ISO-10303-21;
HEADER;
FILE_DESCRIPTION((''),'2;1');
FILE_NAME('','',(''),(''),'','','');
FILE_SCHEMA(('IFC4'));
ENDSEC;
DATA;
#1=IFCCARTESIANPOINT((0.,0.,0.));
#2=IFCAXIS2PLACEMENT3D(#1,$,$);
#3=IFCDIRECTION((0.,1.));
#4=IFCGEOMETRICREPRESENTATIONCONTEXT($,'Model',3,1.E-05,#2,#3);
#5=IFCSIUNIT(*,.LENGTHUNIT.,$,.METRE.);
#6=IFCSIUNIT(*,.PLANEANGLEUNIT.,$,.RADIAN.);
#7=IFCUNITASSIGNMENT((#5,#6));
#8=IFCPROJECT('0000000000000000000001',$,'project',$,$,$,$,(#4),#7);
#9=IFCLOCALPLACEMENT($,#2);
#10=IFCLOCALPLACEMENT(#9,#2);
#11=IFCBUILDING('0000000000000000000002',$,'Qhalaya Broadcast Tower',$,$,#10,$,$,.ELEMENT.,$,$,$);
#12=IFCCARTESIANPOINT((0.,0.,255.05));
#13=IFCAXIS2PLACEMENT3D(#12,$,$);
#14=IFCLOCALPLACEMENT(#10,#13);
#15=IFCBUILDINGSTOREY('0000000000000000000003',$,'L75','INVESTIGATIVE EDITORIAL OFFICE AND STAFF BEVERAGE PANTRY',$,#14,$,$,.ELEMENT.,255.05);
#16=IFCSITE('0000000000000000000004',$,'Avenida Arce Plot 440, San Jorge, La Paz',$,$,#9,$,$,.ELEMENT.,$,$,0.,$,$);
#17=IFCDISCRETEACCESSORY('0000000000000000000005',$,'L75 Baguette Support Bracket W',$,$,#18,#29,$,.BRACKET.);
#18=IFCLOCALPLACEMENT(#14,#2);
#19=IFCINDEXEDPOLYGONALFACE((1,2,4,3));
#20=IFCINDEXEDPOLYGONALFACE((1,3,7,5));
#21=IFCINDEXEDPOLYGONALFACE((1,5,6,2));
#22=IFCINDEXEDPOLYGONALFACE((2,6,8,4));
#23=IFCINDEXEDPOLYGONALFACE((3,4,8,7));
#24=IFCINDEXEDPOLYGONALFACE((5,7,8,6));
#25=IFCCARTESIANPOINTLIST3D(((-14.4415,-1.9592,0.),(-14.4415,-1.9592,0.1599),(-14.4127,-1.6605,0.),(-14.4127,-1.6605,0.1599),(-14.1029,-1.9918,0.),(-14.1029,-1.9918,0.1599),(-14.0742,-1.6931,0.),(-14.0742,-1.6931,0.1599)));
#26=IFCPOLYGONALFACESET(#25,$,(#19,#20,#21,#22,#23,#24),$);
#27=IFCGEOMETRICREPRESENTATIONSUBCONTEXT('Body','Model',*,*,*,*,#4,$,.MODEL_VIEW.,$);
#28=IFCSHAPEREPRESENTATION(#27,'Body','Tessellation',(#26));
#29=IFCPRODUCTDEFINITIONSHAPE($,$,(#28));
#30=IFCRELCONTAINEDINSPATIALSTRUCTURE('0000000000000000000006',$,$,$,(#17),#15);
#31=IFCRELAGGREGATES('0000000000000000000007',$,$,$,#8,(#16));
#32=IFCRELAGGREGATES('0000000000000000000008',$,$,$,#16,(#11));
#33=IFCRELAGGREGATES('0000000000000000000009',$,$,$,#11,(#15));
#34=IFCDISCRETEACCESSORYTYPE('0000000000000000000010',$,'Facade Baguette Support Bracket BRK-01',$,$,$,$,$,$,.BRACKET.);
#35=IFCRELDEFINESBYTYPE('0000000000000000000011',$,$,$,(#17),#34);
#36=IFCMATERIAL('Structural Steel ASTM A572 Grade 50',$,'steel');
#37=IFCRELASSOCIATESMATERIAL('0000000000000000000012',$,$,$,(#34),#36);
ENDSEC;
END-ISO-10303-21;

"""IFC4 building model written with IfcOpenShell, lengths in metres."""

from ifc_helpers import new_model, si_unit, direction, frame, origin, origin_2d, place, context, subcontext, project, spatial, rectangle, extrude, material, type_object, element, save


model = new_model("IFC4")

# Units and contexts
model_context = context("Model", 3, precision=1e-05, world=origin(), true_north=direction((0.0, 1.0)))
body_context = subcontext(model_context, "Body", "Model", "MODEL_VIEW")
ifc_project = project(units=[si_unit("LENGTHUNIT", "METRE"), si_unit("PLANEANGLEUNIT", "RADIAN")], contexts=[model_context])

# Site, building, storey
site_placement = place(None, origin())
site = spatial("IfcSite", under=ifc_project, at=site_placement, Name="Avenida Arce Plot 440, San Jorge, La Paz", CompositionType="ELEMENT", RefElevation=0.0)
building_placement = place(site_placement, origin())
building = spatial("IfcBuilding", under=site, at=building_placement, Name="Qhalaya Broadcast Tower", CompositionType="ELEMENT")
storey_placement = place(building_placement, frame((0.0, 0.0, 255.05)))
storey = spatial("IfcBuildingStorey", under=building, at=storey_placement, Name="L75", Description="INVESTIGATIVE EDITORIAL OFFICE AND STAFF BEVERAGE PANTRY", CompositionType="ELEMENT", Elevation=255.05)

# Shared definitions
ifc_material_1 = material(Name="Structural Steel ASTM A572 Grade 50", Category="steel")

# Discrete accessory
discrete_accessory_type = type_object("IfcDiscreteAccessoryType", Name="Facade Baguette Support Bracket BRK-01", PredefinedType="BRACKET", material=ifc_material_1)
discrete_accessory_placement = place(storey_placement, frame((-14.2578, -1.8262, 0.0), z_axis=(0.0, 0.0, 1.0), x_axis=(-0.095846, -0.995396, 0.0)))
element("IfcDiscreteAccessory", 1, at=discrete_accessory_placement, inside=storey, type_object=discrete_accessory_type, Name="L75 Baguette Support Bracket W", PredefinedType="BRACKET", context=body_context, shape_type="SweptSolid", body=[
    extrude(rectangle(XDim=0.3, YDim=0.3401, at=origin_2d()), origin(), (0.0, 0.0, 1.0), 0.1599),
])

save(model, "model.ifc")
